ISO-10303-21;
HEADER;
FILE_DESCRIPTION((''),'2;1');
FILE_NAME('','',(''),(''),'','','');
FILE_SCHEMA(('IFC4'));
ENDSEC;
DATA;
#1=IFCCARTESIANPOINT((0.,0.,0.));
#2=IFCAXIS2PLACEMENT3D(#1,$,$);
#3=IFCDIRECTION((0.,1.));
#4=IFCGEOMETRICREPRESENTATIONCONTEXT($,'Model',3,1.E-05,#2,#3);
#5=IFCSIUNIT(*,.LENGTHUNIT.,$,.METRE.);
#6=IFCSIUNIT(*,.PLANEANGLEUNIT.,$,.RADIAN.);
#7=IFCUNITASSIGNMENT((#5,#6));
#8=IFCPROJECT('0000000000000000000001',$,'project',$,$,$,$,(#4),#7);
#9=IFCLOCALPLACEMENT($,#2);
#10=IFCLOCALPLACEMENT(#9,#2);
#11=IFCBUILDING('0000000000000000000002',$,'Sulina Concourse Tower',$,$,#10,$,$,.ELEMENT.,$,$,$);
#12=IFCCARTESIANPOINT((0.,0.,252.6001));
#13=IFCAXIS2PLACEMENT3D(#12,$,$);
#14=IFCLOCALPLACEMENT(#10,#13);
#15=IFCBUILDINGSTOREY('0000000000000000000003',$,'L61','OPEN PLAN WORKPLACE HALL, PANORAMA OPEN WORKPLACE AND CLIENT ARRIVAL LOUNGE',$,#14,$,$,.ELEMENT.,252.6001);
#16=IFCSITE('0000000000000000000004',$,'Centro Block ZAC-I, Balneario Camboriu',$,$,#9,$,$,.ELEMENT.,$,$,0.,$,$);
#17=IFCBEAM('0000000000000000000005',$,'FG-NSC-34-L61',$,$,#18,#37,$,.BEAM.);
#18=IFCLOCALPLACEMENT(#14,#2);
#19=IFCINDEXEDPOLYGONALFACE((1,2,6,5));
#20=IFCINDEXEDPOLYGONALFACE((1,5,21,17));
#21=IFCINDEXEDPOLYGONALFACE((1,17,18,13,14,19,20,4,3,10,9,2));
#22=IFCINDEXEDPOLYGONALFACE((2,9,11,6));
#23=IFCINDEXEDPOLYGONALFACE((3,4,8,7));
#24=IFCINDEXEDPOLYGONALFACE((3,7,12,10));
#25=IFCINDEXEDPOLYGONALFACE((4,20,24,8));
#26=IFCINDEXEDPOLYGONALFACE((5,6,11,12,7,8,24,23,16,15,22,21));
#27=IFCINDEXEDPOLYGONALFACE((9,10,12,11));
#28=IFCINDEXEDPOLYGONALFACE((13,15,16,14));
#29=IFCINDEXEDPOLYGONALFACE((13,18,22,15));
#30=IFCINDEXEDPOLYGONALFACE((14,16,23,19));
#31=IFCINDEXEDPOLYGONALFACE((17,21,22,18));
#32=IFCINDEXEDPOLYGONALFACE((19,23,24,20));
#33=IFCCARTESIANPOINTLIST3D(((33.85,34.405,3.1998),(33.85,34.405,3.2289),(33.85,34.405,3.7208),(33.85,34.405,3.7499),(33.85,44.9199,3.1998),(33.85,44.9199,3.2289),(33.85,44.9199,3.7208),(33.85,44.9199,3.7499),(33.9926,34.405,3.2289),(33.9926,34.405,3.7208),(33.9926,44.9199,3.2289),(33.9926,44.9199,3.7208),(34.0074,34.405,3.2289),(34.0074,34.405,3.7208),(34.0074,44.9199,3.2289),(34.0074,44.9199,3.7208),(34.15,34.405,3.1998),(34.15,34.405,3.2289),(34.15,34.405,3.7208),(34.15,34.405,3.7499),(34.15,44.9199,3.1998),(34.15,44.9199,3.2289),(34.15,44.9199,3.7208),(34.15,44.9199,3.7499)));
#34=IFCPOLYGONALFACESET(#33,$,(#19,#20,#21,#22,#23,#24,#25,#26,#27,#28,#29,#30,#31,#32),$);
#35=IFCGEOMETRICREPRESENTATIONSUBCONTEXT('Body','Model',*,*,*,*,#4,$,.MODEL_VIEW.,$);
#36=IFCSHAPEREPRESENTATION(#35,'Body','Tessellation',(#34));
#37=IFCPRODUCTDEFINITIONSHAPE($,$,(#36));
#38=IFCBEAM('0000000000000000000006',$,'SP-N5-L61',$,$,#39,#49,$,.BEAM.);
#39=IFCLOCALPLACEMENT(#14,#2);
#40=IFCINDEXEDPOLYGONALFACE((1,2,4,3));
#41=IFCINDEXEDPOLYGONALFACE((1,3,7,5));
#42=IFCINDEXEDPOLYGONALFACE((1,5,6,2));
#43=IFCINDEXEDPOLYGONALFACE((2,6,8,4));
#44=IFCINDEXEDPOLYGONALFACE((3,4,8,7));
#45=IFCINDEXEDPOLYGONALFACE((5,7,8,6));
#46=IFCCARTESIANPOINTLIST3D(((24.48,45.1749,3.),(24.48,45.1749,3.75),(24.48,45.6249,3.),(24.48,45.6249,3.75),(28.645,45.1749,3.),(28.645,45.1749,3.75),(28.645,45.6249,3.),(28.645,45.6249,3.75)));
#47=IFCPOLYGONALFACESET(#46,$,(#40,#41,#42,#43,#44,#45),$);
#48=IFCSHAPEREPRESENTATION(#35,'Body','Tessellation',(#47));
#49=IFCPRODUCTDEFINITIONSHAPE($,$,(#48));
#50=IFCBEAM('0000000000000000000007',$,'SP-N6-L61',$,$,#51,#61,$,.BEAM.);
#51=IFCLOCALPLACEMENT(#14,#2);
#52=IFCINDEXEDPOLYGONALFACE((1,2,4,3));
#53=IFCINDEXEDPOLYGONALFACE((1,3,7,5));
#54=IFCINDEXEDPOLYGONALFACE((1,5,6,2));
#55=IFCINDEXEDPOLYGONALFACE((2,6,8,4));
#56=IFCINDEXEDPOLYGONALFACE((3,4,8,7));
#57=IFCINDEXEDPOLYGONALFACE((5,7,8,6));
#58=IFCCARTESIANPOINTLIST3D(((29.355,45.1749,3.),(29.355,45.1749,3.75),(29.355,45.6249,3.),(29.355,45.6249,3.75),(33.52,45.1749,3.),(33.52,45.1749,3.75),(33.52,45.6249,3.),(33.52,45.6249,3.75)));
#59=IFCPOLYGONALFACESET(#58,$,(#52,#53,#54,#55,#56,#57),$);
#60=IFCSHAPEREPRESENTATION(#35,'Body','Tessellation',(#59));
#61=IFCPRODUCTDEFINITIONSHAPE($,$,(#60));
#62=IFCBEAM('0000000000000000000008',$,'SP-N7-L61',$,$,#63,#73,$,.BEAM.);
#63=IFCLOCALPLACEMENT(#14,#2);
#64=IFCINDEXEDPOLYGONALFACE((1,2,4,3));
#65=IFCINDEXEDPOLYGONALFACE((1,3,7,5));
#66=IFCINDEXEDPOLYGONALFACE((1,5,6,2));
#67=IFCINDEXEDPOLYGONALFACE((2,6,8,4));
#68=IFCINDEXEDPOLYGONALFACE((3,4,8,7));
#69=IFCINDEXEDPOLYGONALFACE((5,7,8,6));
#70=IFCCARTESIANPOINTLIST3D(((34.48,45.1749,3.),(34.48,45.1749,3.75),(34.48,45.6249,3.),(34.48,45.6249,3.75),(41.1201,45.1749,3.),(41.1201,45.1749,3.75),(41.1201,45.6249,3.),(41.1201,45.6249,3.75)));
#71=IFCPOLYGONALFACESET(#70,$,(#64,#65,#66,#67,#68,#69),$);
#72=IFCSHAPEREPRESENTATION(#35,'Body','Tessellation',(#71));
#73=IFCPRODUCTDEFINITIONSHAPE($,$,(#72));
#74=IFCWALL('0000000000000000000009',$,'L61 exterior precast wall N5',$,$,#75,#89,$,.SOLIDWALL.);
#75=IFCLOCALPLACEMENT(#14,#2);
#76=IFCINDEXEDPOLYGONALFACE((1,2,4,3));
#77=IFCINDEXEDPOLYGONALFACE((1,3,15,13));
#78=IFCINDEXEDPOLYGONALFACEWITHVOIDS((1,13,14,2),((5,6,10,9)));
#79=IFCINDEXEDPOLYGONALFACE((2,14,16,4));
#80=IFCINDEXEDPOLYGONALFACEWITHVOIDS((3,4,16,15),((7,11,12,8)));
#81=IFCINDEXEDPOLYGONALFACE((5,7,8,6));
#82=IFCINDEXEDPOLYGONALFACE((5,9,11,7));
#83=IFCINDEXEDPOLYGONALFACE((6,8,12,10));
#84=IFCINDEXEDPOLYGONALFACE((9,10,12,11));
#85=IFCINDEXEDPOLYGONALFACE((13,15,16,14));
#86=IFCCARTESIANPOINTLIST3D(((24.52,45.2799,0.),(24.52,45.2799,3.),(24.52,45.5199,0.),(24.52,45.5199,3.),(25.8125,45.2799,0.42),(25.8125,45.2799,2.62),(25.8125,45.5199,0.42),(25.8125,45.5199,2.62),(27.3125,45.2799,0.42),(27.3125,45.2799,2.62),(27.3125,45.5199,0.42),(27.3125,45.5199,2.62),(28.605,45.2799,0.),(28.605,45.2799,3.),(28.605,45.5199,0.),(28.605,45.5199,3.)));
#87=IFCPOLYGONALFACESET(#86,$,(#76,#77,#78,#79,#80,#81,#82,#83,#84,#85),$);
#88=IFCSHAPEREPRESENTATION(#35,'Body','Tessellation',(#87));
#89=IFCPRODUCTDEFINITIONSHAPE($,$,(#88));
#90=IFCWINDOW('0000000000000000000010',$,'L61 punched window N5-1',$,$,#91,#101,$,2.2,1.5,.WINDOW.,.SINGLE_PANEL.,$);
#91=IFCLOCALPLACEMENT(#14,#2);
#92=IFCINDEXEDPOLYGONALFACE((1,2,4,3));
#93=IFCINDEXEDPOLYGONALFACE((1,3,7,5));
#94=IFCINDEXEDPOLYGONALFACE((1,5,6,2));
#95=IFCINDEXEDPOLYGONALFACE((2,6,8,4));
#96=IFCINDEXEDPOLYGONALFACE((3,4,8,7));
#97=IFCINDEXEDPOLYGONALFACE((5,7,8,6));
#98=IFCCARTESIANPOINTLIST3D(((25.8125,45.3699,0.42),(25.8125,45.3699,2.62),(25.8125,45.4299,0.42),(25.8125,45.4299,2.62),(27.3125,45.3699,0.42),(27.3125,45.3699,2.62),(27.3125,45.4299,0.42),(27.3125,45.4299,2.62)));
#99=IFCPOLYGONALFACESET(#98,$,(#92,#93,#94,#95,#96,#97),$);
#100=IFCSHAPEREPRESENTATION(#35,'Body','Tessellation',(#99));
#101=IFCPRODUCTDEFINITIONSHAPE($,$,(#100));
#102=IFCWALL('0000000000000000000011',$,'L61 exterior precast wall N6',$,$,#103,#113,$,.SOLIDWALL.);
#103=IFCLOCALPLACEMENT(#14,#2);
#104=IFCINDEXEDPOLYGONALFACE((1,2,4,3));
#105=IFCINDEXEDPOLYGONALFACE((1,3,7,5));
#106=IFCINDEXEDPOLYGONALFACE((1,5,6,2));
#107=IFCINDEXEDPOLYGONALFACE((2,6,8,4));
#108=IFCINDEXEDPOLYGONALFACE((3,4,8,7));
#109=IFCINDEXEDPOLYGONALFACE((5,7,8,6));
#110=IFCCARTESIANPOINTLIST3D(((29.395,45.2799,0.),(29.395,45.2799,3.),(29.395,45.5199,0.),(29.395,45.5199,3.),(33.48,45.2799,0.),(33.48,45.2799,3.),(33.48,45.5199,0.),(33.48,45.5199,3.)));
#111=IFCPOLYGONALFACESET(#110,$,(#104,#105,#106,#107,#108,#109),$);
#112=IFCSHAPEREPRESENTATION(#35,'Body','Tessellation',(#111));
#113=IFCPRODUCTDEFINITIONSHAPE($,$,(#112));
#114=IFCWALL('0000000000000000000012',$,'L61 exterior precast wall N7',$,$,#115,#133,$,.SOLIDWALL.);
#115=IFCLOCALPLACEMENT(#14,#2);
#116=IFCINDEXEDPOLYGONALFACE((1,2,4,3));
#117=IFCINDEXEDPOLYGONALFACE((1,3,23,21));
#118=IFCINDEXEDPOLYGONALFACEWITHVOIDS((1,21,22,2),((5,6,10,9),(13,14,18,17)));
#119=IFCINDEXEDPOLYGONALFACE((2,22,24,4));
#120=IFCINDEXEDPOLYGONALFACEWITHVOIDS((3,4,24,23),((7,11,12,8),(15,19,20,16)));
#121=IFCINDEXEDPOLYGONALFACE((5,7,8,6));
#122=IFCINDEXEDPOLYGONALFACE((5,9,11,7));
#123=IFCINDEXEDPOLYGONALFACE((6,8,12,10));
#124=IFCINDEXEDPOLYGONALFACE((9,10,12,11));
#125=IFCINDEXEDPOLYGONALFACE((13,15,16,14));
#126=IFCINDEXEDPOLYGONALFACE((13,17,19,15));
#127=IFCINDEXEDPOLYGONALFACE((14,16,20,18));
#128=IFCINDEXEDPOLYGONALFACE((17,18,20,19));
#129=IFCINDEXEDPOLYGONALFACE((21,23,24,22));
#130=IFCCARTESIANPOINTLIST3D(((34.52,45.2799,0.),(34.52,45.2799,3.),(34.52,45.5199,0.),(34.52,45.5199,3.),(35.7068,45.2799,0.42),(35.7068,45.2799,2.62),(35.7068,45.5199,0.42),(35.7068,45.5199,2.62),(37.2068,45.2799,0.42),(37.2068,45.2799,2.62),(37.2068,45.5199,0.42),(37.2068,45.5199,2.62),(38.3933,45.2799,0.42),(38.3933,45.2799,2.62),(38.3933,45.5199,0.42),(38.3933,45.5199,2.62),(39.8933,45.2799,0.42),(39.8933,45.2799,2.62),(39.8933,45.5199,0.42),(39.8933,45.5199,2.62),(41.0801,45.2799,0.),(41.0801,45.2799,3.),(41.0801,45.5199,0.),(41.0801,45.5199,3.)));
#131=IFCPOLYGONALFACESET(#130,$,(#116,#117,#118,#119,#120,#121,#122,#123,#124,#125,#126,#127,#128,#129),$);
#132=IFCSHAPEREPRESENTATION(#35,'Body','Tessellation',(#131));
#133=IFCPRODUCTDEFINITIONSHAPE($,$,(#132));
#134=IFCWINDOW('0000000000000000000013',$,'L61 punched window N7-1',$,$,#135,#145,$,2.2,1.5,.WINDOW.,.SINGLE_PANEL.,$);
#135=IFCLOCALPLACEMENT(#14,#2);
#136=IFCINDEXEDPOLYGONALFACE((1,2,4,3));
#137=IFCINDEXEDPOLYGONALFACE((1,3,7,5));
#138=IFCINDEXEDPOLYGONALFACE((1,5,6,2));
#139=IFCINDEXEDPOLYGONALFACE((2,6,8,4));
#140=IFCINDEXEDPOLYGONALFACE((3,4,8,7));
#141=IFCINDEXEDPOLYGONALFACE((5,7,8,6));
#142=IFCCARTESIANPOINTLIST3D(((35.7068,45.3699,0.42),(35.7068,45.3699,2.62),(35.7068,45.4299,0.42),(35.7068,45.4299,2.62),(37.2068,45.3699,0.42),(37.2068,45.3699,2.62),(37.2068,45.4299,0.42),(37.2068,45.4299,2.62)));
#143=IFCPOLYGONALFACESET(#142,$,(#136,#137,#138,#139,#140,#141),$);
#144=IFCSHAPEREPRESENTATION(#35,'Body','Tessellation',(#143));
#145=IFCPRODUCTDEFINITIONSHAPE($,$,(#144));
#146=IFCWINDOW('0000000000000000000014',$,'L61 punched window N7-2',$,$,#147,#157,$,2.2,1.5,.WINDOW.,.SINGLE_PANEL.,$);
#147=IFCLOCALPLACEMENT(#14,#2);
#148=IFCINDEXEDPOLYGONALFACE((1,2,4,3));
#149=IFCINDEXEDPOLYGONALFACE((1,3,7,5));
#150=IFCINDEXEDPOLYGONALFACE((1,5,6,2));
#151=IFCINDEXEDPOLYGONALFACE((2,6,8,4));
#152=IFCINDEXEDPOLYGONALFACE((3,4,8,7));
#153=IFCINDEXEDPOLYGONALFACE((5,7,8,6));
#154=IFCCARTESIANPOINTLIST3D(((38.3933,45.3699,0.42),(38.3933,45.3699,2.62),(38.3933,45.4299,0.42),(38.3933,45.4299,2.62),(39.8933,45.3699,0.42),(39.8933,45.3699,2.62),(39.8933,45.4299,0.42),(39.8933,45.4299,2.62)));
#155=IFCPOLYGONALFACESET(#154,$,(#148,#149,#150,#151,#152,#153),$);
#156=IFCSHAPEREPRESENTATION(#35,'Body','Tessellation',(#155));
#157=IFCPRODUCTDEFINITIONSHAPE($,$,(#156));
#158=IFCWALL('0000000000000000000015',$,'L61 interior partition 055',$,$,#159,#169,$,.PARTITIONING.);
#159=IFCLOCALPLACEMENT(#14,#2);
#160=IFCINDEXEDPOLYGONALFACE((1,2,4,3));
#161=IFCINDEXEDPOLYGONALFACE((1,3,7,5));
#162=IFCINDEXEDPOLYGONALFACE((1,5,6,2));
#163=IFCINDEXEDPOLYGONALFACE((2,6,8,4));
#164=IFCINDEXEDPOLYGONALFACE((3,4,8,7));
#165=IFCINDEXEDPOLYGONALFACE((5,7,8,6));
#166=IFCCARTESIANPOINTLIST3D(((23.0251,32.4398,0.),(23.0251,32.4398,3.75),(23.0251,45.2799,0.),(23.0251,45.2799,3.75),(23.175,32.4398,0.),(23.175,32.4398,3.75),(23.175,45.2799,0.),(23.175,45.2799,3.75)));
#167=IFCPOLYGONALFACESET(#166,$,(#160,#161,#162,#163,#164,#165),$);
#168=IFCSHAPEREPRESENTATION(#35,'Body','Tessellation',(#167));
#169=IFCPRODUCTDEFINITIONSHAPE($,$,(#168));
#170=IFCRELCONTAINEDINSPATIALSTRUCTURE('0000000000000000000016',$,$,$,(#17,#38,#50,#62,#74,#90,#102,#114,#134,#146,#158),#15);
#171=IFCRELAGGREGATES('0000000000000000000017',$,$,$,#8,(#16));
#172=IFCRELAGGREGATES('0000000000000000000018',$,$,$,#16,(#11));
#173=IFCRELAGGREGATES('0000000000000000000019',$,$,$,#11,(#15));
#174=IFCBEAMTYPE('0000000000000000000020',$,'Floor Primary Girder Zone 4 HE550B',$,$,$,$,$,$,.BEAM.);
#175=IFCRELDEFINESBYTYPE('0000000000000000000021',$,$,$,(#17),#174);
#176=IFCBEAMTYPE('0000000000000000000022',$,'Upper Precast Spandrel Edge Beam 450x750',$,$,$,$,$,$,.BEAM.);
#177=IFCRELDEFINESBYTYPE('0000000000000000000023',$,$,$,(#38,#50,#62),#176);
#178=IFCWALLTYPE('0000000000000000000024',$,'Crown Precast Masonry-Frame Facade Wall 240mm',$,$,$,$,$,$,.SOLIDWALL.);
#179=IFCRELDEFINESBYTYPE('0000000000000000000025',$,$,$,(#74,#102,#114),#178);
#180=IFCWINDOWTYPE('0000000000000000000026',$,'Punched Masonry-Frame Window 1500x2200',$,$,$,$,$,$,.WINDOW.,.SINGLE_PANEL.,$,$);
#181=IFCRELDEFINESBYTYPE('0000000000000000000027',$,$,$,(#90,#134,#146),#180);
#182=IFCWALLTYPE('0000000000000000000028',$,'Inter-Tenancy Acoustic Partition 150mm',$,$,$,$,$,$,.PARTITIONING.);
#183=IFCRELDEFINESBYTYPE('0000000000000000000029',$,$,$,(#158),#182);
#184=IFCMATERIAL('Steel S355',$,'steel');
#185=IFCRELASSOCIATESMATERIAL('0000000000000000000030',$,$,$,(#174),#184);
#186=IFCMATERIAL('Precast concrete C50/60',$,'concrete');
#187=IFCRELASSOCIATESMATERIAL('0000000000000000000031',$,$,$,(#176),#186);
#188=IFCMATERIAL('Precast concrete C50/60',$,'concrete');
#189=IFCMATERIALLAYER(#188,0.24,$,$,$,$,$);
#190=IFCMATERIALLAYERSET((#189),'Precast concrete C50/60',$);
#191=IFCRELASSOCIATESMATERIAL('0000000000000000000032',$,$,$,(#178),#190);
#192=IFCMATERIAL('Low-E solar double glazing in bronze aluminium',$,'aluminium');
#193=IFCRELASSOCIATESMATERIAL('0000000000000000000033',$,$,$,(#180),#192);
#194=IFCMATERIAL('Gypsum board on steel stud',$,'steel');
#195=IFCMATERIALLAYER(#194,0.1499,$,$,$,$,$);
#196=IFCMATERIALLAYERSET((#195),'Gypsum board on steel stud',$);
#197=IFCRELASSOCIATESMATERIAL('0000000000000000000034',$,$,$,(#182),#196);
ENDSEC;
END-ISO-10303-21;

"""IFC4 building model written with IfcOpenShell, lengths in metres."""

from ifc_helpers import new_model, si_unit, direction, frame, frame_2d, origin, origin_2d, place, context, subcontext, project, spatial, rectangle, i_section, extrude, material, layer, layer_set, material_profile, profile_set, type_object, element, fill, save


model = new_model("IFC4")

# Units and contexts
model_context = context("Model", 3, precision=1e-05, world=origin(), true_north=direction((0.0, 1.0)))
body_context = subcontext(model_context, "Body", "Model", "MODEL_VIEW")
ifc_project = project(units=[si_unit("LENGTHUNIT", "METRE"), si_unit("PLANEANGLEUNIT", "RADIAN")], contexts=[model_context])

# Site, building, storey
site_placement = place(None, origin())
site = spatial("IfcSite", under=ifc_project, at=site_placement, Name="Centro Block ZAC-I, Balneario Camboriu", CompositionType="ELEMENT", RefElevation=0.0)
building_placement = place(site_placement, origin())
building = spatial("IfcBuilding", under=site, at=building_placement, Name="Sulina Concourse Tower", CompositionType="ELEMENT")
storey_placement = place(building_placement, frame((0.0, 0.0, 252.6001)))
storey = spatial("IfcBuildingStorey", under=building, at=storey_placement, Name="L61", Description="OPEN PLAN WORKPLACE HALL, PANORAMA OPEN WORKPLACE AND CLIENT ARRIVAL LOUNGE", CompositionType="ELEMENT", Elevation=252.6001)

# Beams
ifc_material_1 = material(Name="Steel S355", Category="steel")
ifc_material_profile_1 = material_profile(ifc_material_1, i_section(OverallWidth=0.3, OverallDepth=0.55, WebThickness=0.0149, FlangeThickness=0.0291, at=origin_2d()), Name="HE 550 B")
ifc_profile_set_1 = profile_set([ifc_material_profile_1], Name="Steel S355")
beam_type_1 = type_object("IfcBeamType", Name="Floor Primary Girder Zone 4 HE550B", PredefinedType="BEAM", material=ifc_profile_set_1)
beam_1_placement = place(storey_placement, frame((34.0, 34.405, 3.4749), z_axis=(0.0, 1.0, 0.0), x_axis=(-1.0, 0.0, 0.0)))
element("IfcBeam", 1, at=beam_1_placement, inside=storey, type_object=beam_type_1, Name="FG-NSC-34-L61", PredefinedType="BEAM", context=body_context, shape_type="SweptSolid", body=[
    extrude(i_section(OverallWidth=0.3, OverallDepth=0.55, WebThickness=0.0149, FlangeThickness=0.0291, at=origin_2d()), origin(), (0.0, 0.0, 1.0), 10.5149),
])
ifc_material_2 = material(Name="Precast concrete C50/60", Category="concrete")
ifc_material_profile_2 = material_profile(ifc_material_2, rectangle(XDim=0.45, YDim=0.75, at=origin_2d()), Name="RC 450x750")
ifc_profile_set_2 = profile_set([ifc_material_profile_2], Name="Precast concrete C50/60")
beam_type_2 = type_object("IfcBeamType", Name="Upper Precast Spandrel Edge Beam 450x750", PredefinedType="BEAM", material=ifc_profile_set_2)
for number, where, z_axis, x_axis, name in (
    (2, (24.48, 45.3999, 3.375), (1.0, 0.0, 0.0), (0.0, 1.0, 0.0), "SP-N5-L61"),
    (3, (29.355, 45.3999, 3.375), (1.0, 0.0, 0.0), (0.0, 1.0, 0.0), "SP-N6-L61"),
):
    element("IfcBeam", number, at=place(storey_placement, frame(where, z_axis=z_axis, x_axis=x_axis)), inside=storey, type_object=beam_type_2, Name=name, PredefinedType="BEAM", context=body_context, shape_type="SweptSolid", body=[
        extrude(rectangle(XDim=0.45, YDim=0.75, at=origin_2d()), origin(), (0.0, 0.0, 1.0), 4.165),
    ])
beam_2_placement = place(storey_placement, frame((34.48, 45.3999, 3.375), z_axis=(1.0, 0.0, 0.0), x_axis=(0.0, 1.0, 0.0)))
element("IfcBeam", 4, at=beam_2_placement, inside=storey, type_object=beam_type_2, Name="SP-N7-L61", PredefinedType="BEAM", context=body_context, shape_type="SweptSolid", body=[
    extrude(rectangle(XDim=0.45, YDim=0.75, at=origin_2d()), origin(), (0.0, 0.0, 1.0), 6.6401),
])

# Wall, opening, window
ifc_material_3 = material(Name="Precast concrete C50/60", Category="concrete")
ifc_layer_1 = layer(ifc_material_3, 0.24)
ifc_layer_set_1 = layer_set([ifc_layer_1], Name="Precast concrete C50/60")
wall_type_1 = type_object("IfcWallType", Name="Crown Precast Masonry-Frame Facade Wall 240mm", PredefinedType="SOLIDWALL", material=ifc_layer_set_1)
wall_1_placement = place(storey_placement, frame((24.52, 45.3999, 0.0), z_axis=(0.0, 0.0, 1.0), x_axis=(1.0, 0.0, 0.0)))
wall_1 = element("IfcWall", 5, at=wall_1_placement, inside=storey, type_object=wall_type_1, Name="L61 exterior precast wall N5", PredefinedType="SOLIDWALL", context=body_context, shape_type="SweptSolid", body=[
    extrude(rectangle(XDim=4.085, YDim=0.24, at=frame_2d((2.0425, 0.0))), origin(), (0.0, 0.0, 1.0), 3.0),
])
opening_1_placement = place(wall_1_placement, frame((1.2925, 0.0, 0.4199)))
opening_1 = element("IfcOpeningElement", 6, at=opening_1_placement, cuts=wall_1, PredefinedType="OPENING", context=body_context, shape_type="SweptSolid", body=[
    extrude(rectangle(XDim=1.5, YDim=2.2, at=frame_2d((0.75, 1.1001))), frame((0.0, 0.1299, 0.0), z_axis=(0.0, -1.0, 0.0), x_axis=(1.0, 0.0, 0.0)), (0.0, 0.0, 1.0), 0.26),
])
ifc_material_4 = material(Name="Low-E solar double glazing in bronze aluminium", Category="aluminium")
window_type = type_object("IfcWindowType", Name="Punched Masonry-Frame Window 1500x2200", PartitioningType="SINGLE_PANEL", PredefinedType="WINDOW", material=ifc_material_4)
window_1_placement = place(opening_1_placement, origin())
window_1 = element("IfcWindow", 7, at=window_1_placement, inside=storey, type_object=window_type, Name="L61 punched window N5-1", OverallHeight=2.2, OverallWidth=1.5, PartitioningType="SINGLE_PANEL", PredefinedType="WINDOW", context=body_context, shape_type="SweptSolid", body=[
    extrude(rectangle(XDim=1.5, YDim=2.2, at=frame_2d((0.75, 1.1001))), frame((0.0, 0.03, 0.0), z_axis=(0.0, -1.0, 0.0), x_axis=(1.0, 0.0, 0.0)), (0.0, 0.0, 1.0), 0.0601),
])
fill(opening_1, window_1)

# Wall
wall_2_placement = place(storey_placement, frame((29.395, 45.3999, 0.0), z_axis=(0.0, 0.0, 1.0), x_axis=(1.0, 0.0, 0.0)))
element("IfcWall", 8, at=wall_2_placement, inside=storey, type_object=wall_type_1, Name="L61 exterior precast wall N6", PredefinedType="SOLIDWALL", context=body_context, shape_type="SweptSolid", body=[
    extrude(rectangle(XDim=4.085, YDim=0.24, at=frame_2d((2.0425, 0.0))), origin(), (0.0, 0.0, 1.0), 3.0),
])

# Wall, openings, windows
wall_3_placement = place(storey_placement, frame((34.52, 45.3999, 0.0), z_axis=(0.0, 0.0, 1.0), x_axis=(1.0, 0.0, 0.0)))
wall_3 = element("IfcWall", 9, at=wall_3_placement, inside=storey, type_object=wall_type_1, Name="L61 exterior precast wall N7", PredefinedType="SOLIDWALL", context=body_context, shape_type="SweptSolid", body=[
    extrude(rectangle(XDim=6.5601, YDim=0.24, at=frame_2d((3.28, 0.0))), origin(), (0.0, 0.0, 1.0), 3.0),
])
opening_2_placement = place(wall_3_placement, frame((1.1868, 0.0, 0.4199)))
opening_2 = element("IfcOpeningElement", 10, at=opening_2_placement, cuts=wall_3, PredefinedType="OPENING", context=body_context, shape_type="SweptSolid", body=[
    extrude(rectangle(XDim=1.5, YDim=2.2, at=frame_2d((0.75, 1.1001))), frame((0.0, 0.1299, 0.0), z_axis=(0.0, -1.0, 0.0), x_axis=(1.0, 0.0, 0.0)), (0.0, 0.0, 1.0), 0.26),
])
opening_3_placement = place(wall_3_placement, frame((3.8733, 0.0, 0.4199)))
opening_3 = element("IfcOpeningElement", 11, at=opening_3_placement, cuts=wall_3, PredefinedType="OPENING", context=body_context, shape_type="SweptSolid", body=[
    extrude(rectangle(XDim=1.5, YDim=2.2, at=frame_2d((0.75, 1.1001))), frame((0.0, 0.1299, 0.0), z_axis=(0.0, -1.0, 0.0), x_axis=(1.0, 0.0, 0.0)), (0.0, 0.0, 1.0), 0.26),
])
window_2_placement = place(opening_2_placement, origin())
window_2 = element("IfcWindow", 12, at=window_2_placement, inside=storey, type_object=window_type, Name="L61 punched window N7-1", OverallHeight=2.2, OverallWidth=1.5, PartitioningType="SINGLE_PANEL", PredefinedType="WINDOW", context=body_context, shape_type="SweptSolid", body=[
    extrude(rectangle(XDim=1.5, YDim=2.2, at=frame_2d((0.75, 1.1001))), frame((0.0, 0.03, 0.0), z_axis=(0.0, -1.0, 0.0), x_axis=(1.0, 0.0, 0.0)), (0.0, 0.0, 1.0), 0.0601),
])
fill(opening_2, window_2)
window_3_placement = place(opening_3_placement, origin())
window_3 = element("IfcWindow", 13, at=window_3_placement, inside=storey, type_object=window_type, Name="L61 punched window N7-2", OverallHeight=2.2, OverallWidth=1.5, PartitioningType="SINGLE_PANEL", PredefinedType="WINDOW", context=body_context, shape_type="SweptSolid", body=[
    extrude(rectangle(XDim=1.5, YDim=2.2, at=frame_2d((0.75, 1.1001))), frame((0.0, 0.03, 0.0), z_axis=(0.0, -1.0, 0.0), x_axis=(1.0, 0.0, 0.0)), (0.0, 0.0, 1.0), 0.0601),
])
fill(opening_3, window_3)

# Wall
ifc_material_5 = material(Name="Gypsum board on steel stud", Category="steel")
ifc_layer_2 = layer(ifc_material_5, 0.1499)
ifc_layer_set_2 = layer_set([ifc_layer_2], Name="Gypsum board on steel stud")
wall_type_2 = type_object("IfcWallType", Name="Inter-Tenancy Acoustic Partition 150mm", PredefinedType="PARTITIONING", material=ifc_layer_set_2)
wall_4_placement = place(storey_placement, frame((23.1001, 32.4399, 0.0), z_axis=(0.0, 0.0, 1.0), x_axis=(0.0, 1.0, 0.0)))
element("IfcWall", 14, at=wall_4_placement, inside=storey, type_object=wall_type_2, Name="L61 interior partition 055", PredefinedType="PARTITIONING", context=body_context, shape_type="SweptSolid", body=[
    extrude(rectangle(XDim=12.8401, YDim=0.1499, at=frame_2d((6.4199, 0.0))), origin(), (0.0, 0.0, 1.0), 3.75),
])

save(model, "model.ifc")
